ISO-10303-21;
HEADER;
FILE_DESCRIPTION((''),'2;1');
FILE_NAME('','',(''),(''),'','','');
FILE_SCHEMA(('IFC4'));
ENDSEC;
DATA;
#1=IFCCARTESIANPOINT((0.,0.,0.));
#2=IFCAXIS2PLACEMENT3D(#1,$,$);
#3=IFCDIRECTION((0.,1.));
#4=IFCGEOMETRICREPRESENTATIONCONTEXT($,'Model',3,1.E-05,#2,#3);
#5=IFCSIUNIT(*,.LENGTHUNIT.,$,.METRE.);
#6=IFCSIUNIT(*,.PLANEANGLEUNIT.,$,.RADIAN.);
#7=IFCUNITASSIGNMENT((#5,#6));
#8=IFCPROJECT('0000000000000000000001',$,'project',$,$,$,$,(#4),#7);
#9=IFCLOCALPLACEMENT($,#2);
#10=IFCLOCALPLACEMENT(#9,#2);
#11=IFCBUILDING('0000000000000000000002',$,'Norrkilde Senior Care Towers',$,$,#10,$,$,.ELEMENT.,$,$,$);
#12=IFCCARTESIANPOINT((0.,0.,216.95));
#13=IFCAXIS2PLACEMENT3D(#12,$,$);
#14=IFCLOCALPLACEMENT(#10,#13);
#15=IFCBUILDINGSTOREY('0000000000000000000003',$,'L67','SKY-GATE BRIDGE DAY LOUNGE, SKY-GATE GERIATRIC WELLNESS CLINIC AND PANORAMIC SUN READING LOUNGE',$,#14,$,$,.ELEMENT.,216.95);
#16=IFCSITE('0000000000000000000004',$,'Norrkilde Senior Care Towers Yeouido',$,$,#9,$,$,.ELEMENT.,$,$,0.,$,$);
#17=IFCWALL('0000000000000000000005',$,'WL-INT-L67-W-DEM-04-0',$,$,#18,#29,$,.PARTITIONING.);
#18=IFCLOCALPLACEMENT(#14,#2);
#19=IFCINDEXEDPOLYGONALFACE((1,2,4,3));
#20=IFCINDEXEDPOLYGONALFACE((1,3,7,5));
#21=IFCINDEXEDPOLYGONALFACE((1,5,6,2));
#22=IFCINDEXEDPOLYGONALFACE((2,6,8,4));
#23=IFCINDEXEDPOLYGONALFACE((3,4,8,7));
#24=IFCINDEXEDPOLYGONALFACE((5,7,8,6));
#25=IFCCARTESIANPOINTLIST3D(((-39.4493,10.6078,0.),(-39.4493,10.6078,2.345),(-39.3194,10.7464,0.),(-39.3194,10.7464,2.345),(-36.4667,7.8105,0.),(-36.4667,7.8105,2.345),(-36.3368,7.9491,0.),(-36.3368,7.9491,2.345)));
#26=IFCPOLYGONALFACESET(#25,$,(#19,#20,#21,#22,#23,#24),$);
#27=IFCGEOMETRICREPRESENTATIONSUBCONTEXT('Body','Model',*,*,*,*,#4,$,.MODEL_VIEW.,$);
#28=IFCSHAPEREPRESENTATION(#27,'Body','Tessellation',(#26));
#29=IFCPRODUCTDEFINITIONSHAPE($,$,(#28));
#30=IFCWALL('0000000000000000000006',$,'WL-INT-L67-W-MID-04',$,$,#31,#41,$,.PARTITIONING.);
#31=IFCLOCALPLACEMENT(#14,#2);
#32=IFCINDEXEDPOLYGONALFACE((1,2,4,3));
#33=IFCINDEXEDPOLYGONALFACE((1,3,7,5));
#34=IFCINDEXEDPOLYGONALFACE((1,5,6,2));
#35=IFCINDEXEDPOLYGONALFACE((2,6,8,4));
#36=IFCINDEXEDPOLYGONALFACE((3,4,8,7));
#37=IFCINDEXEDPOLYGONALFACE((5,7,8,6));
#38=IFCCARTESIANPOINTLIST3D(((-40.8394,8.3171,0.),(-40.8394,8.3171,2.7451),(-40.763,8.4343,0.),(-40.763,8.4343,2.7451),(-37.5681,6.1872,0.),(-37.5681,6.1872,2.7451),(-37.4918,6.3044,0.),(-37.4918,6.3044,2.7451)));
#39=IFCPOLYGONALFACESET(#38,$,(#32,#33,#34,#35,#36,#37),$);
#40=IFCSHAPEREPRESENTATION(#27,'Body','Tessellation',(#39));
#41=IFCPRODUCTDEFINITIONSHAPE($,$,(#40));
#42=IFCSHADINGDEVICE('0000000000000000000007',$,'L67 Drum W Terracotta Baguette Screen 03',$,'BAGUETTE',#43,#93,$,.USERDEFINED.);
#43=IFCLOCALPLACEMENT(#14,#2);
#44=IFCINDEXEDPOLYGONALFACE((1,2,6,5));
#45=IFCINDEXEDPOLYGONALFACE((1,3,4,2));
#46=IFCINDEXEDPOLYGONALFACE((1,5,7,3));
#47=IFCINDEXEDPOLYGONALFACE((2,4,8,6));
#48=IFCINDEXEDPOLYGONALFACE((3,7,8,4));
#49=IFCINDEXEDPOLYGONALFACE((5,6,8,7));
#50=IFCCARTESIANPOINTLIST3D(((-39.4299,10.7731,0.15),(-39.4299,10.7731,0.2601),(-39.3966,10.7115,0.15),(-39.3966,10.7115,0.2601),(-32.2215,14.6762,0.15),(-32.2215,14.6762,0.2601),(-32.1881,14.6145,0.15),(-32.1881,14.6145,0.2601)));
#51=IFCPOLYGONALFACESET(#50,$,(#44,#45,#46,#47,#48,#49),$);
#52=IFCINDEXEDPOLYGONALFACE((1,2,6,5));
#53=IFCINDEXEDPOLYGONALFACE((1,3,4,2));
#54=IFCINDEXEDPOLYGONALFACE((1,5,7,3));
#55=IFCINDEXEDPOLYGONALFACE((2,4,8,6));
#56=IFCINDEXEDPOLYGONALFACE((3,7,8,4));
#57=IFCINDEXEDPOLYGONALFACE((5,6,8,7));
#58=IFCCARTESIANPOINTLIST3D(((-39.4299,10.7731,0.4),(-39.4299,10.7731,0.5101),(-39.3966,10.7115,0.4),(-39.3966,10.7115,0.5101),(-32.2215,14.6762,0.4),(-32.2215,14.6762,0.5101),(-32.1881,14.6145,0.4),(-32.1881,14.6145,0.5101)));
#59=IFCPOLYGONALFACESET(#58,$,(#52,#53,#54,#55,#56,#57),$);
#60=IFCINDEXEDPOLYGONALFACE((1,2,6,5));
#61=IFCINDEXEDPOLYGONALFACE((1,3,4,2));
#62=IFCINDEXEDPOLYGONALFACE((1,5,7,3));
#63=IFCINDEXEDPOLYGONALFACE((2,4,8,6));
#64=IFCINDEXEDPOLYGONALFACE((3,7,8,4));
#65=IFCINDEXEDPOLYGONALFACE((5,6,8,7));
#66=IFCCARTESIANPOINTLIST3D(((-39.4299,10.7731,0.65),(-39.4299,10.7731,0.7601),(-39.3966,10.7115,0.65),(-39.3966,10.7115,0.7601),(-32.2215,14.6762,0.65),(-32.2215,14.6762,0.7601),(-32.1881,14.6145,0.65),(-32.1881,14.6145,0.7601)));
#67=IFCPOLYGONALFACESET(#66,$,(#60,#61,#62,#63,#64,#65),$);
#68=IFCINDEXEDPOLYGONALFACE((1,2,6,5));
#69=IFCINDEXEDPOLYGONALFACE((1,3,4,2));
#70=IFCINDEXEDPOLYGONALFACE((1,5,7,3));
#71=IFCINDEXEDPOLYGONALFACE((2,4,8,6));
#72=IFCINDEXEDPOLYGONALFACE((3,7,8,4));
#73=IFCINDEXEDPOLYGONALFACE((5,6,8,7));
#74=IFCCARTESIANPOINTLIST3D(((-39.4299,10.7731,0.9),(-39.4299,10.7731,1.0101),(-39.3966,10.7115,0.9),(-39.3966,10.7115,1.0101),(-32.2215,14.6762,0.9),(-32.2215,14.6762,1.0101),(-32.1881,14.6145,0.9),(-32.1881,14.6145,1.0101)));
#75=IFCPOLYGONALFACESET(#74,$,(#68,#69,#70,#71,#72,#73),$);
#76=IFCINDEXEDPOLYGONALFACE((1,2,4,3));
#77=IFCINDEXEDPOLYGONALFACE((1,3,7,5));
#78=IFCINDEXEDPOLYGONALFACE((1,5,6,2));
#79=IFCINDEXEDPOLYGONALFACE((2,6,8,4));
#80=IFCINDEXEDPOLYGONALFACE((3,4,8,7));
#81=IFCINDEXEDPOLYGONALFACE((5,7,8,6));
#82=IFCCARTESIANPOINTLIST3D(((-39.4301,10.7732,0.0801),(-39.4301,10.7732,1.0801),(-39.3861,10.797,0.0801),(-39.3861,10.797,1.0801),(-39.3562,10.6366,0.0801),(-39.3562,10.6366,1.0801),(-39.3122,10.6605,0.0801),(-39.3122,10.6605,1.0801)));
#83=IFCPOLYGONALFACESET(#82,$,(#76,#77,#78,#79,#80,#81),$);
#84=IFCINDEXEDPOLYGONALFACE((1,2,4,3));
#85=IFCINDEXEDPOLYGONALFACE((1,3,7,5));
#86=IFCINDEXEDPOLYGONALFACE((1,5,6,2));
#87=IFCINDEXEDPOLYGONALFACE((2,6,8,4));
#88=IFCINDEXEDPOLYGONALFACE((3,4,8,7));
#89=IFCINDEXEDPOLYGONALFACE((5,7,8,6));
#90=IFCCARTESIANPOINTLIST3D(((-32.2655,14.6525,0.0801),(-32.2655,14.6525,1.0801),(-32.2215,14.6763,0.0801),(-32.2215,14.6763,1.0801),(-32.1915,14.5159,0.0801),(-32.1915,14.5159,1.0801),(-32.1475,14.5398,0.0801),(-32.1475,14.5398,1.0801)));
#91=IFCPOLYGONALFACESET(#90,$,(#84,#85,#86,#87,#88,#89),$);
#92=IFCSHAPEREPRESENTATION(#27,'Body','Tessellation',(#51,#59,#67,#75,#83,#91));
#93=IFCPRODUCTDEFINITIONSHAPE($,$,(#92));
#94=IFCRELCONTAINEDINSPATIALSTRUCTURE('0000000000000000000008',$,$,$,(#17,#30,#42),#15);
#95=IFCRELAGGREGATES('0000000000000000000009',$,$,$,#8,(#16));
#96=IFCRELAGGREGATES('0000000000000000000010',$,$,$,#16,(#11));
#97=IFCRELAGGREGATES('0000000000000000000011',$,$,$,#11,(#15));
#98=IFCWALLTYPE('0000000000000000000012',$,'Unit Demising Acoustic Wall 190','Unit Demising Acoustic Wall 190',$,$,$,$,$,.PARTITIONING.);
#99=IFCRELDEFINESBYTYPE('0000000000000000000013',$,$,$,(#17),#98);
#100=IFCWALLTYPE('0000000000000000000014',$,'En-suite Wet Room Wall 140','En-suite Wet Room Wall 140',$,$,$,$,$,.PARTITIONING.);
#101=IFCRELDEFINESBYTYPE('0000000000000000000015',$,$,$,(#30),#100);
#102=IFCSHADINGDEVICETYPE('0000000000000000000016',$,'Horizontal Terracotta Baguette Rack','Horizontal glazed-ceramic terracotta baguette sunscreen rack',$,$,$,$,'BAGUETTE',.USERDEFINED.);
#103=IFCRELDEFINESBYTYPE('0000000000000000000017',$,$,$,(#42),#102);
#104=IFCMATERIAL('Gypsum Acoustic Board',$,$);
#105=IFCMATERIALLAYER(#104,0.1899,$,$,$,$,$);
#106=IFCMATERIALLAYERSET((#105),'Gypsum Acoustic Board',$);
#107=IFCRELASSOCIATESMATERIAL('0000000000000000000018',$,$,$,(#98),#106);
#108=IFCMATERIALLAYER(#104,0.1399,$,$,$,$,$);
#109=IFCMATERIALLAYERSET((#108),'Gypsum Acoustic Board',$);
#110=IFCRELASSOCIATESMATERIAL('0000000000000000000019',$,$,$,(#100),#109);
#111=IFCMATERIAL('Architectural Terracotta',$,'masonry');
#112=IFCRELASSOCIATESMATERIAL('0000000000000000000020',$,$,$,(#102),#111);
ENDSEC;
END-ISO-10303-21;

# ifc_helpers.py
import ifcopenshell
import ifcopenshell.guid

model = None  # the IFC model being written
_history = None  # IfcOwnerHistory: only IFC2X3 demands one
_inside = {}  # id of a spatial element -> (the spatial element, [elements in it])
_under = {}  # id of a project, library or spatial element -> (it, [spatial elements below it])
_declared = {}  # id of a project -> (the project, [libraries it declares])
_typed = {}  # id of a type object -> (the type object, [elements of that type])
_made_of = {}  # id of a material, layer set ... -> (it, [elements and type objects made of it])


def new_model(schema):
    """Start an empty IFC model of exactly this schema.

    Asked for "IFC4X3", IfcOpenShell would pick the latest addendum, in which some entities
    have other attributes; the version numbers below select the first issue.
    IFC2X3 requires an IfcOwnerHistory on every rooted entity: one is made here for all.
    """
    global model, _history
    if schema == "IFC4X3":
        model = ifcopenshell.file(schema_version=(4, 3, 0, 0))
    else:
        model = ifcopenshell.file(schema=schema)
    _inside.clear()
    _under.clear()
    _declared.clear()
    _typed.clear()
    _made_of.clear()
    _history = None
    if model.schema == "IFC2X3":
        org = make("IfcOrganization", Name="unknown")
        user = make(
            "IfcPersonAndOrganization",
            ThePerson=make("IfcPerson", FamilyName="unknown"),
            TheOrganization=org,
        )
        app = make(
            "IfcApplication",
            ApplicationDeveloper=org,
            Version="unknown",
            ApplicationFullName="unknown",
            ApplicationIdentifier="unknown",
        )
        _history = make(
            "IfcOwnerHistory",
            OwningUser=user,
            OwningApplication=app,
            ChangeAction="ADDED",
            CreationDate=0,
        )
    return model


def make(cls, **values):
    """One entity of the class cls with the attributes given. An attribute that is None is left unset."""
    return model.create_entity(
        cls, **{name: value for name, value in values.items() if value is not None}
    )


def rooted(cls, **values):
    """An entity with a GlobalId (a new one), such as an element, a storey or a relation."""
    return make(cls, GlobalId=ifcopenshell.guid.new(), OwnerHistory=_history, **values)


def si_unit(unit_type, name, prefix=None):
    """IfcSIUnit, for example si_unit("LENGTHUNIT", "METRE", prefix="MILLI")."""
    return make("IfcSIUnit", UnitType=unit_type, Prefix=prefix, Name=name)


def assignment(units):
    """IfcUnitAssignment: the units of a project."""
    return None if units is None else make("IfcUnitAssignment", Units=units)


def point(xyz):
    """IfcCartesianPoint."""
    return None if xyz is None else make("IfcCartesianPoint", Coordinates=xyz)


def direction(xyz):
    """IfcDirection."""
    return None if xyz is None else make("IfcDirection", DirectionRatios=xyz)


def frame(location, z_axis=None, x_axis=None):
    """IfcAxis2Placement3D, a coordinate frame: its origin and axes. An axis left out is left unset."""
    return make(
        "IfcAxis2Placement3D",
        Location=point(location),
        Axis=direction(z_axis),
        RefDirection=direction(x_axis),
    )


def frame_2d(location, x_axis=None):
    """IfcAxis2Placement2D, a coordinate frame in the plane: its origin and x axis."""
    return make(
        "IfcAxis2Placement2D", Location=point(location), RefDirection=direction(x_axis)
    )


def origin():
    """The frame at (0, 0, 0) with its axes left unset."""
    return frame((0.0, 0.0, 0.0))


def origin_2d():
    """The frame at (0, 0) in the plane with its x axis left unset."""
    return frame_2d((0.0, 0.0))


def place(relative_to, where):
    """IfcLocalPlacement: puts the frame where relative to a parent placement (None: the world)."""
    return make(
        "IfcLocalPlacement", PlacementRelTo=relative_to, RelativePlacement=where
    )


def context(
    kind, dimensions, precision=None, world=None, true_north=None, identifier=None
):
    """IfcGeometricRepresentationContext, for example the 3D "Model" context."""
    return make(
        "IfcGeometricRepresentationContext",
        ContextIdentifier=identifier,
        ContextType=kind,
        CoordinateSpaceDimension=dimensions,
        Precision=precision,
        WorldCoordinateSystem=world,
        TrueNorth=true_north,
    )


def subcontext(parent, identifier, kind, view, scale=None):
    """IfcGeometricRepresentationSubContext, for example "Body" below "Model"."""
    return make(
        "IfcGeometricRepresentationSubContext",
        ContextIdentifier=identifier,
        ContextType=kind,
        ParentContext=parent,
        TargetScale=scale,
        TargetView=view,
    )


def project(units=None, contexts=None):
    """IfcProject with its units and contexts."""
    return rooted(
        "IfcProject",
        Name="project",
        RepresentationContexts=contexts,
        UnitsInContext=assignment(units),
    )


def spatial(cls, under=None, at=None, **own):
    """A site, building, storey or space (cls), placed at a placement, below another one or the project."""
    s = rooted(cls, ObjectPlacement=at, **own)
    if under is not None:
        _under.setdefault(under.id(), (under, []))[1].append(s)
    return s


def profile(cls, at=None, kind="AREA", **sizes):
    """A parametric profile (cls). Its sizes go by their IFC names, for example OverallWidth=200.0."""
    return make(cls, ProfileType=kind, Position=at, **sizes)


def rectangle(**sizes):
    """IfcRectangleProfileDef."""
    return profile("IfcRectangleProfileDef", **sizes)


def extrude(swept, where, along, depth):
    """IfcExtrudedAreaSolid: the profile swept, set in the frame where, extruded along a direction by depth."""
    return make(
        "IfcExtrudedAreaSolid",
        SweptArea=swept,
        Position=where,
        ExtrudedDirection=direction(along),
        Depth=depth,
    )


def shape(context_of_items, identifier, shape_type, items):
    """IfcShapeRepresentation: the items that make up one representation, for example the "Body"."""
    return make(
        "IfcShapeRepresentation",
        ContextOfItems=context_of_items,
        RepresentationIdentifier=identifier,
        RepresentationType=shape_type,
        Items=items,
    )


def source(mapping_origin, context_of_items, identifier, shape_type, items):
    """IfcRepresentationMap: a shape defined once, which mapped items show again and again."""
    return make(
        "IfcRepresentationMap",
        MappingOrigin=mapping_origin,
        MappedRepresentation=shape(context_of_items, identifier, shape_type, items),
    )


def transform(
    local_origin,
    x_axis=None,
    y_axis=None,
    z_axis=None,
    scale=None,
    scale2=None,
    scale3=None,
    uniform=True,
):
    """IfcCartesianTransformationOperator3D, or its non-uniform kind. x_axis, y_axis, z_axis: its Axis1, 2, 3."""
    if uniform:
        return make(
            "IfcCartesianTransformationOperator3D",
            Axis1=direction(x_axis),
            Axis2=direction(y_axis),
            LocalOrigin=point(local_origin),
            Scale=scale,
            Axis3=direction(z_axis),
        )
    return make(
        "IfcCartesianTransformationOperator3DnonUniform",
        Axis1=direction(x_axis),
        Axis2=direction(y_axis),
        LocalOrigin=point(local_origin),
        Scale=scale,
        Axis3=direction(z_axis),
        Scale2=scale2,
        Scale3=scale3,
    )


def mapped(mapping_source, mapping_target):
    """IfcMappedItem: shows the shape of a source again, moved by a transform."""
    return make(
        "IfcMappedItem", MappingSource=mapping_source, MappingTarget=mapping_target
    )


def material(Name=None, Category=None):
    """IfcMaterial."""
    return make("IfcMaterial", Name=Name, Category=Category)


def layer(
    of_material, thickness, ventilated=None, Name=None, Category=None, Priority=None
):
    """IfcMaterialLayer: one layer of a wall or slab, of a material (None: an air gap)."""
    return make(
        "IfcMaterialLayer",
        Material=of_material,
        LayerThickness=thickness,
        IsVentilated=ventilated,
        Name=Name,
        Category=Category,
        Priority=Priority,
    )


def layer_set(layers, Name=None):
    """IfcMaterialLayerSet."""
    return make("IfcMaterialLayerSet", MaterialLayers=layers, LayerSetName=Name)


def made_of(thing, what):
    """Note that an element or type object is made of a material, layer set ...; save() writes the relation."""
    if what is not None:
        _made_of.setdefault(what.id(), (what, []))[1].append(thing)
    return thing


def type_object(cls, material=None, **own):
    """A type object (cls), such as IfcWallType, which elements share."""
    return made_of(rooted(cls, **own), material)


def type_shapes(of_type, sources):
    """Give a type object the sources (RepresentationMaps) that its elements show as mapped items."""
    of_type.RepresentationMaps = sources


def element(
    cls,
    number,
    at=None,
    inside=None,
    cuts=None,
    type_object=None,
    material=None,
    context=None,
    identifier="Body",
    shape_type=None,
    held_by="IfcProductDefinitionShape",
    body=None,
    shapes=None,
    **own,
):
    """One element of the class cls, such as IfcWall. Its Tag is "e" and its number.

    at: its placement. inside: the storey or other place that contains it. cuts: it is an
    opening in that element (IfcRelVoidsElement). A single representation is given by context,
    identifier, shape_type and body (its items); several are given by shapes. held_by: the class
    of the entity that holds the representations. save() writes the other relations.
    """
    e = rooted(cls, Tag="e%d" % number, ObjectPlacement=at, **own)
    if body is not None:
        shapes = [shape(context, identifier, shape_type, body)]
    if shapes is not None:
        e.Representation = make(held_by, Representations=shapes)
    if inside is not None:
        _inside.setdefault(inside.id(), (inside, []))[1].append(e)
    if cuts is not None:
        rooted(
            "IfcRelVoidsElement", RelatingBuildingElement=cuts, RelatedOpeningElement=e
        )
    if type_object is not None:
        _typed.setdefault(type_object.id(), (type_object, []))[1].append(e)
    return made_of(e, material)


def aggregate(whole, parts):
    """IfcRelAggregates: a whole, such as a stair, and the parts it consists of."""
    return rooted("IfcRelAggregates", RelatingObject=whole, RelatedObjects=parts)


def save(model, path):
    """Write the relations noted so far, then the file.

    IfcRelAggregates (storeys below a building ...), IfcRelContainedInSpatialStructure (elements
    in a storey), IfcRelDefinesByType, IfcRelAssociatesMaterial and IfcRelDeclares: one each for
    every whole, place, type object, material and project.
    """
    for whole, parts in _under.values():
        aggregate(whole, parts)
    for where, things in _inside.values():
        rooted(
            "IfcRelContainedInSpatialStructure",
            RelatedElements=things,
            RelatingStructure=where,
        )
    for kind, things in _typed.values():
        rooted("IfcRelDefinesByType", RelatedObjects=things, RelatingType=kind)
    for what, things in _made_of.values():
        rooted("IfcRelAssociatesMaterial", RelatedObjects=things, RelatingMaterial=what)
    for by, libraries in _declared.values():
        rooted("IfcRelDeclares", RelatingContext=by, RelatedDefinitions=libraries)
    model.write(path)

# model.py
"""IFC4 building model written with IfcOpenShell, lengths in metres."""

from ifc_helpers import new_model, si_unit, direction, frame, frame_2d, origin, origin_2d, place, context, subcontext, project, spatial, rectangle, extrude, source, transform, mapped, material, layer, layer_set, type_object, type_shapes, element, save


model = new_model("IFC4")

# Units and contexts
model_context = context("Model", 3, precision=1e-05, world=origin(), true_north=direction((0.0, 1.0)))
body_context = subcontext(model_context, "Body", "Model", "MODEL_VIEW")
ifc_project = project(units=[si_unit("LENGTHUNIT", "METRE"), si_unit("PLANEANGLEUNIT", "RADIAN")], contexts=[model_context])

# Site, building, storey
site_placement = place(None, origin())
site = spatial("IfcSite", under=ifc_project, at=site_placement, Name="Norrkilde Senior Care Towers Yeouido", CompositionType="ELEMENT", RefElevation=0.0)
building_placement = place(site_placement, origin())
building = spatial("IfcBuilding", under=site, at=building_placement, Name="Norrkilde Senior Care Towers", CompositionType="ELEMENT")
storey_placement = place(building_placement, frame((0.0, 0.0, 216.95)))
storey = spatial("IfcBuildingStorey", under=building, at=storey_placement, Name="L67", Description="SKY-GATE BRIDGE DAY LOUNGE, SKY-GATE GERIATRIC WELLNESS CLINIC AND PANORAMIC SUN READING LOUNGE", CompositionType="ELEMENT", Elevation=216.95)

# Shared definitions
ifc_material_1 = material(Name="Gypsum Acoustic Board")

# Walls
ifc_layer_1 = layer(ifc_material_1, 0.1899)
ifc_layer_set_1 = layer_set([ifc_layer_1], Name="Gypsum Acoustic Board")
wall_type_1 = type_object("IfcWallType", Name="Unit Demising Acoustic Wall 190", Description="Unit Demising Acoustic Wall 190", PredefinedType="PARTITIONING", material=ifc_layer_set_1)
shared_shape_1 = source(origin(), body_context, "Body", "SweptSolid", [
    extrude(rectangle(XDim=4.0891, YDim=0.1899, at=frame_2d((2.0444, 0.0))), origin(), (0.0, 0.0, 1.0), 2.345),
])
type_shapes(wall_type_1, [shared_shape_1])
wall_1_placement = place(storey_placement, frame((-36.4019, 7.8799, 0.0), z_axis=(0.0, 0.0, 1.0), x_axis=(-0.729401, 0.684086, 0.0)))
element("IfcWall", 1, at=wall_1_placement, inside=storey, type_object=wall_type_1, Name="WL-INT-L67-W-DEM-04-0", PredefinedType="PARTITIONING", context=body_context, shape_type="MappedRepresentation", body=[
    mapped(shared_shape_1, transform((0.0, 0.0, 0.0), x_axis=(1.0, 0.0, 0.0), y_axis=(0.0, 1.0, 0.0), z_axis=(0.0, 0.0, 1.0), scale=1.0)),
])
ifc_layer_2 = layer(ifc_material_1, 0.1399)
ifc_layer_set_2 = layer_set([ifc_layer_2], Name="Gypsum Acoustic Board")
wall_type_2 = type_object("IfcWallType", Name="En-suite Wet Room Wall 140", Description="En-suite Wet Room Wall 140", PredefinedType="PARTITIONING", material=ifc_layer_set_2)
shared_shape_2 = source(origin(), body_context, "Body", "SweptSolid", [
    extrude(rectangle(XDim=3.9036, YDim=0.1399, at=frame_2d((1.9517, 0.0))), origin(), (0.0, 0.0, 1.0), 2.7451),
])
type_shapes(wall_type_2, [shared_shape_2])
wall_2_placement = place(storey_placement, frame((-37.53, 6.2458, 0.0), z_axis=(0.0, 0.0, 1.0), x_axis=(-0.838025, 0.545632, 0.0)))
element("IfcWall", 2, at=wall_2_placement, inside=storey, type_object=wall_type_2, Name="WL-INT-L67-W-MID-04", PredefinedType="PARTITIONING", context=body_context, shape_type="MappedRepresentation", body=[
    mapped(shared_shape_2, transform((0.0, 0.0, 0.0), x_axis=(1.0, 0.0, 0.0), y_axis=(0.0, 1.0, 0.0), z_axis=(0.0, 0.0, 1.0), scale=1.0)),
])

# Shading device
ifc_material_2 = material(Name="Architectural Terracotta", Category="masonry")
shading_device_type = type_object("IfcShadingDeviceType", Name="Horizontal Terracotta Baguette Rack", Description="Horizontal glazed-ceramic terracotta baguette sunscreen rack", ElementType="BAGUETTE", PredefinedType="USERDEFINED", material=ifc_material_2)
shared_shape_3 = source(origin(), body_context, "Body", "SweptSolid", [
    extrude(rectangle(XDim=0.0701, YDim=0.1101, at=origin_2d()), frame((0.0, 0.0901, 0.125), z_axis=(1.0, 0.0, 0.0), x_axis=(0.0, 1.0, 0.0)), (0.0, 0.0, 1.0), 8.1973),
    extrude(rectangle(XDim=0.0701, YDim=0.1101, at=origin_2d()), frame((0.0, 0.0901, 0.375), z_axis=(1.0, 0.0, 0.0), x_axis=(0.0, 1.0, 0.0)), (0.0, 0.0, 1.0), 8.1973),
    extrude(rectangle(XDim=0.0701, YDim=0.1101, at=origin_2d()), frame((0.0, 0.0901, 0.625), z_axis=(1.0, 0.0, 0.0), x_axis=(0.0, 1.0, 0.0)), (0.0, 0.0, 1.0), 8.1973),
    extrude(rectangle(XDim=0.0701, YDim=0.1101, at=origin_2d()), frame((0.0, 0.0901, 0.875), z_axis=(1.0, 0.0, 0.0), x_axis=(0.0, 1.0, 0.0)), (0.0, 0.0, 1.0), 8.1973),
    extrude(rectangle(XDim=0.05, YDim=0.1553, at=origin_2d()), frame((0.0249, 0.0476, 0.0)), (0.0, 0.0, 1.0), 1.0),
    extrude(rectangle(XDim=0.05, YDim=0.1553, at=origin_2d()), frame((8.1724, 0.0476, 0.0)), (0.0, 0.0, 1.0), 1.0),
])
type_shapes(shading_device_type, [shared_shape_3])
shading_device_placement = place(storey_placement, frame((-39.3704, 10.6631, 0.0801), z_axis=(0.0, 0.0, 1.0), x_axis=(0.879378, 0.476144, 0.0)))
element("IfcShadingDevice", 3, at=shading_device_placement, inside=storey, type_object=shading_device_type, Name="L67 Drum W Terracotta Baguette Screen 03", ObjectType="BAGUETTE", PredefinedType="USERDEFINED", context=body_context, shape_type="MappedRepresentation", body=[
    mapped(shared_shape_3, transform((0.0, 0.0, 0.0), x_axis=(1.0, 0.0, 0.0), y_axis=(0.0, 1.0, 0.0), z_axis=(0.0, 0.0, 1.0), scale=1.0)),
])

save(model, "model.ifc")
